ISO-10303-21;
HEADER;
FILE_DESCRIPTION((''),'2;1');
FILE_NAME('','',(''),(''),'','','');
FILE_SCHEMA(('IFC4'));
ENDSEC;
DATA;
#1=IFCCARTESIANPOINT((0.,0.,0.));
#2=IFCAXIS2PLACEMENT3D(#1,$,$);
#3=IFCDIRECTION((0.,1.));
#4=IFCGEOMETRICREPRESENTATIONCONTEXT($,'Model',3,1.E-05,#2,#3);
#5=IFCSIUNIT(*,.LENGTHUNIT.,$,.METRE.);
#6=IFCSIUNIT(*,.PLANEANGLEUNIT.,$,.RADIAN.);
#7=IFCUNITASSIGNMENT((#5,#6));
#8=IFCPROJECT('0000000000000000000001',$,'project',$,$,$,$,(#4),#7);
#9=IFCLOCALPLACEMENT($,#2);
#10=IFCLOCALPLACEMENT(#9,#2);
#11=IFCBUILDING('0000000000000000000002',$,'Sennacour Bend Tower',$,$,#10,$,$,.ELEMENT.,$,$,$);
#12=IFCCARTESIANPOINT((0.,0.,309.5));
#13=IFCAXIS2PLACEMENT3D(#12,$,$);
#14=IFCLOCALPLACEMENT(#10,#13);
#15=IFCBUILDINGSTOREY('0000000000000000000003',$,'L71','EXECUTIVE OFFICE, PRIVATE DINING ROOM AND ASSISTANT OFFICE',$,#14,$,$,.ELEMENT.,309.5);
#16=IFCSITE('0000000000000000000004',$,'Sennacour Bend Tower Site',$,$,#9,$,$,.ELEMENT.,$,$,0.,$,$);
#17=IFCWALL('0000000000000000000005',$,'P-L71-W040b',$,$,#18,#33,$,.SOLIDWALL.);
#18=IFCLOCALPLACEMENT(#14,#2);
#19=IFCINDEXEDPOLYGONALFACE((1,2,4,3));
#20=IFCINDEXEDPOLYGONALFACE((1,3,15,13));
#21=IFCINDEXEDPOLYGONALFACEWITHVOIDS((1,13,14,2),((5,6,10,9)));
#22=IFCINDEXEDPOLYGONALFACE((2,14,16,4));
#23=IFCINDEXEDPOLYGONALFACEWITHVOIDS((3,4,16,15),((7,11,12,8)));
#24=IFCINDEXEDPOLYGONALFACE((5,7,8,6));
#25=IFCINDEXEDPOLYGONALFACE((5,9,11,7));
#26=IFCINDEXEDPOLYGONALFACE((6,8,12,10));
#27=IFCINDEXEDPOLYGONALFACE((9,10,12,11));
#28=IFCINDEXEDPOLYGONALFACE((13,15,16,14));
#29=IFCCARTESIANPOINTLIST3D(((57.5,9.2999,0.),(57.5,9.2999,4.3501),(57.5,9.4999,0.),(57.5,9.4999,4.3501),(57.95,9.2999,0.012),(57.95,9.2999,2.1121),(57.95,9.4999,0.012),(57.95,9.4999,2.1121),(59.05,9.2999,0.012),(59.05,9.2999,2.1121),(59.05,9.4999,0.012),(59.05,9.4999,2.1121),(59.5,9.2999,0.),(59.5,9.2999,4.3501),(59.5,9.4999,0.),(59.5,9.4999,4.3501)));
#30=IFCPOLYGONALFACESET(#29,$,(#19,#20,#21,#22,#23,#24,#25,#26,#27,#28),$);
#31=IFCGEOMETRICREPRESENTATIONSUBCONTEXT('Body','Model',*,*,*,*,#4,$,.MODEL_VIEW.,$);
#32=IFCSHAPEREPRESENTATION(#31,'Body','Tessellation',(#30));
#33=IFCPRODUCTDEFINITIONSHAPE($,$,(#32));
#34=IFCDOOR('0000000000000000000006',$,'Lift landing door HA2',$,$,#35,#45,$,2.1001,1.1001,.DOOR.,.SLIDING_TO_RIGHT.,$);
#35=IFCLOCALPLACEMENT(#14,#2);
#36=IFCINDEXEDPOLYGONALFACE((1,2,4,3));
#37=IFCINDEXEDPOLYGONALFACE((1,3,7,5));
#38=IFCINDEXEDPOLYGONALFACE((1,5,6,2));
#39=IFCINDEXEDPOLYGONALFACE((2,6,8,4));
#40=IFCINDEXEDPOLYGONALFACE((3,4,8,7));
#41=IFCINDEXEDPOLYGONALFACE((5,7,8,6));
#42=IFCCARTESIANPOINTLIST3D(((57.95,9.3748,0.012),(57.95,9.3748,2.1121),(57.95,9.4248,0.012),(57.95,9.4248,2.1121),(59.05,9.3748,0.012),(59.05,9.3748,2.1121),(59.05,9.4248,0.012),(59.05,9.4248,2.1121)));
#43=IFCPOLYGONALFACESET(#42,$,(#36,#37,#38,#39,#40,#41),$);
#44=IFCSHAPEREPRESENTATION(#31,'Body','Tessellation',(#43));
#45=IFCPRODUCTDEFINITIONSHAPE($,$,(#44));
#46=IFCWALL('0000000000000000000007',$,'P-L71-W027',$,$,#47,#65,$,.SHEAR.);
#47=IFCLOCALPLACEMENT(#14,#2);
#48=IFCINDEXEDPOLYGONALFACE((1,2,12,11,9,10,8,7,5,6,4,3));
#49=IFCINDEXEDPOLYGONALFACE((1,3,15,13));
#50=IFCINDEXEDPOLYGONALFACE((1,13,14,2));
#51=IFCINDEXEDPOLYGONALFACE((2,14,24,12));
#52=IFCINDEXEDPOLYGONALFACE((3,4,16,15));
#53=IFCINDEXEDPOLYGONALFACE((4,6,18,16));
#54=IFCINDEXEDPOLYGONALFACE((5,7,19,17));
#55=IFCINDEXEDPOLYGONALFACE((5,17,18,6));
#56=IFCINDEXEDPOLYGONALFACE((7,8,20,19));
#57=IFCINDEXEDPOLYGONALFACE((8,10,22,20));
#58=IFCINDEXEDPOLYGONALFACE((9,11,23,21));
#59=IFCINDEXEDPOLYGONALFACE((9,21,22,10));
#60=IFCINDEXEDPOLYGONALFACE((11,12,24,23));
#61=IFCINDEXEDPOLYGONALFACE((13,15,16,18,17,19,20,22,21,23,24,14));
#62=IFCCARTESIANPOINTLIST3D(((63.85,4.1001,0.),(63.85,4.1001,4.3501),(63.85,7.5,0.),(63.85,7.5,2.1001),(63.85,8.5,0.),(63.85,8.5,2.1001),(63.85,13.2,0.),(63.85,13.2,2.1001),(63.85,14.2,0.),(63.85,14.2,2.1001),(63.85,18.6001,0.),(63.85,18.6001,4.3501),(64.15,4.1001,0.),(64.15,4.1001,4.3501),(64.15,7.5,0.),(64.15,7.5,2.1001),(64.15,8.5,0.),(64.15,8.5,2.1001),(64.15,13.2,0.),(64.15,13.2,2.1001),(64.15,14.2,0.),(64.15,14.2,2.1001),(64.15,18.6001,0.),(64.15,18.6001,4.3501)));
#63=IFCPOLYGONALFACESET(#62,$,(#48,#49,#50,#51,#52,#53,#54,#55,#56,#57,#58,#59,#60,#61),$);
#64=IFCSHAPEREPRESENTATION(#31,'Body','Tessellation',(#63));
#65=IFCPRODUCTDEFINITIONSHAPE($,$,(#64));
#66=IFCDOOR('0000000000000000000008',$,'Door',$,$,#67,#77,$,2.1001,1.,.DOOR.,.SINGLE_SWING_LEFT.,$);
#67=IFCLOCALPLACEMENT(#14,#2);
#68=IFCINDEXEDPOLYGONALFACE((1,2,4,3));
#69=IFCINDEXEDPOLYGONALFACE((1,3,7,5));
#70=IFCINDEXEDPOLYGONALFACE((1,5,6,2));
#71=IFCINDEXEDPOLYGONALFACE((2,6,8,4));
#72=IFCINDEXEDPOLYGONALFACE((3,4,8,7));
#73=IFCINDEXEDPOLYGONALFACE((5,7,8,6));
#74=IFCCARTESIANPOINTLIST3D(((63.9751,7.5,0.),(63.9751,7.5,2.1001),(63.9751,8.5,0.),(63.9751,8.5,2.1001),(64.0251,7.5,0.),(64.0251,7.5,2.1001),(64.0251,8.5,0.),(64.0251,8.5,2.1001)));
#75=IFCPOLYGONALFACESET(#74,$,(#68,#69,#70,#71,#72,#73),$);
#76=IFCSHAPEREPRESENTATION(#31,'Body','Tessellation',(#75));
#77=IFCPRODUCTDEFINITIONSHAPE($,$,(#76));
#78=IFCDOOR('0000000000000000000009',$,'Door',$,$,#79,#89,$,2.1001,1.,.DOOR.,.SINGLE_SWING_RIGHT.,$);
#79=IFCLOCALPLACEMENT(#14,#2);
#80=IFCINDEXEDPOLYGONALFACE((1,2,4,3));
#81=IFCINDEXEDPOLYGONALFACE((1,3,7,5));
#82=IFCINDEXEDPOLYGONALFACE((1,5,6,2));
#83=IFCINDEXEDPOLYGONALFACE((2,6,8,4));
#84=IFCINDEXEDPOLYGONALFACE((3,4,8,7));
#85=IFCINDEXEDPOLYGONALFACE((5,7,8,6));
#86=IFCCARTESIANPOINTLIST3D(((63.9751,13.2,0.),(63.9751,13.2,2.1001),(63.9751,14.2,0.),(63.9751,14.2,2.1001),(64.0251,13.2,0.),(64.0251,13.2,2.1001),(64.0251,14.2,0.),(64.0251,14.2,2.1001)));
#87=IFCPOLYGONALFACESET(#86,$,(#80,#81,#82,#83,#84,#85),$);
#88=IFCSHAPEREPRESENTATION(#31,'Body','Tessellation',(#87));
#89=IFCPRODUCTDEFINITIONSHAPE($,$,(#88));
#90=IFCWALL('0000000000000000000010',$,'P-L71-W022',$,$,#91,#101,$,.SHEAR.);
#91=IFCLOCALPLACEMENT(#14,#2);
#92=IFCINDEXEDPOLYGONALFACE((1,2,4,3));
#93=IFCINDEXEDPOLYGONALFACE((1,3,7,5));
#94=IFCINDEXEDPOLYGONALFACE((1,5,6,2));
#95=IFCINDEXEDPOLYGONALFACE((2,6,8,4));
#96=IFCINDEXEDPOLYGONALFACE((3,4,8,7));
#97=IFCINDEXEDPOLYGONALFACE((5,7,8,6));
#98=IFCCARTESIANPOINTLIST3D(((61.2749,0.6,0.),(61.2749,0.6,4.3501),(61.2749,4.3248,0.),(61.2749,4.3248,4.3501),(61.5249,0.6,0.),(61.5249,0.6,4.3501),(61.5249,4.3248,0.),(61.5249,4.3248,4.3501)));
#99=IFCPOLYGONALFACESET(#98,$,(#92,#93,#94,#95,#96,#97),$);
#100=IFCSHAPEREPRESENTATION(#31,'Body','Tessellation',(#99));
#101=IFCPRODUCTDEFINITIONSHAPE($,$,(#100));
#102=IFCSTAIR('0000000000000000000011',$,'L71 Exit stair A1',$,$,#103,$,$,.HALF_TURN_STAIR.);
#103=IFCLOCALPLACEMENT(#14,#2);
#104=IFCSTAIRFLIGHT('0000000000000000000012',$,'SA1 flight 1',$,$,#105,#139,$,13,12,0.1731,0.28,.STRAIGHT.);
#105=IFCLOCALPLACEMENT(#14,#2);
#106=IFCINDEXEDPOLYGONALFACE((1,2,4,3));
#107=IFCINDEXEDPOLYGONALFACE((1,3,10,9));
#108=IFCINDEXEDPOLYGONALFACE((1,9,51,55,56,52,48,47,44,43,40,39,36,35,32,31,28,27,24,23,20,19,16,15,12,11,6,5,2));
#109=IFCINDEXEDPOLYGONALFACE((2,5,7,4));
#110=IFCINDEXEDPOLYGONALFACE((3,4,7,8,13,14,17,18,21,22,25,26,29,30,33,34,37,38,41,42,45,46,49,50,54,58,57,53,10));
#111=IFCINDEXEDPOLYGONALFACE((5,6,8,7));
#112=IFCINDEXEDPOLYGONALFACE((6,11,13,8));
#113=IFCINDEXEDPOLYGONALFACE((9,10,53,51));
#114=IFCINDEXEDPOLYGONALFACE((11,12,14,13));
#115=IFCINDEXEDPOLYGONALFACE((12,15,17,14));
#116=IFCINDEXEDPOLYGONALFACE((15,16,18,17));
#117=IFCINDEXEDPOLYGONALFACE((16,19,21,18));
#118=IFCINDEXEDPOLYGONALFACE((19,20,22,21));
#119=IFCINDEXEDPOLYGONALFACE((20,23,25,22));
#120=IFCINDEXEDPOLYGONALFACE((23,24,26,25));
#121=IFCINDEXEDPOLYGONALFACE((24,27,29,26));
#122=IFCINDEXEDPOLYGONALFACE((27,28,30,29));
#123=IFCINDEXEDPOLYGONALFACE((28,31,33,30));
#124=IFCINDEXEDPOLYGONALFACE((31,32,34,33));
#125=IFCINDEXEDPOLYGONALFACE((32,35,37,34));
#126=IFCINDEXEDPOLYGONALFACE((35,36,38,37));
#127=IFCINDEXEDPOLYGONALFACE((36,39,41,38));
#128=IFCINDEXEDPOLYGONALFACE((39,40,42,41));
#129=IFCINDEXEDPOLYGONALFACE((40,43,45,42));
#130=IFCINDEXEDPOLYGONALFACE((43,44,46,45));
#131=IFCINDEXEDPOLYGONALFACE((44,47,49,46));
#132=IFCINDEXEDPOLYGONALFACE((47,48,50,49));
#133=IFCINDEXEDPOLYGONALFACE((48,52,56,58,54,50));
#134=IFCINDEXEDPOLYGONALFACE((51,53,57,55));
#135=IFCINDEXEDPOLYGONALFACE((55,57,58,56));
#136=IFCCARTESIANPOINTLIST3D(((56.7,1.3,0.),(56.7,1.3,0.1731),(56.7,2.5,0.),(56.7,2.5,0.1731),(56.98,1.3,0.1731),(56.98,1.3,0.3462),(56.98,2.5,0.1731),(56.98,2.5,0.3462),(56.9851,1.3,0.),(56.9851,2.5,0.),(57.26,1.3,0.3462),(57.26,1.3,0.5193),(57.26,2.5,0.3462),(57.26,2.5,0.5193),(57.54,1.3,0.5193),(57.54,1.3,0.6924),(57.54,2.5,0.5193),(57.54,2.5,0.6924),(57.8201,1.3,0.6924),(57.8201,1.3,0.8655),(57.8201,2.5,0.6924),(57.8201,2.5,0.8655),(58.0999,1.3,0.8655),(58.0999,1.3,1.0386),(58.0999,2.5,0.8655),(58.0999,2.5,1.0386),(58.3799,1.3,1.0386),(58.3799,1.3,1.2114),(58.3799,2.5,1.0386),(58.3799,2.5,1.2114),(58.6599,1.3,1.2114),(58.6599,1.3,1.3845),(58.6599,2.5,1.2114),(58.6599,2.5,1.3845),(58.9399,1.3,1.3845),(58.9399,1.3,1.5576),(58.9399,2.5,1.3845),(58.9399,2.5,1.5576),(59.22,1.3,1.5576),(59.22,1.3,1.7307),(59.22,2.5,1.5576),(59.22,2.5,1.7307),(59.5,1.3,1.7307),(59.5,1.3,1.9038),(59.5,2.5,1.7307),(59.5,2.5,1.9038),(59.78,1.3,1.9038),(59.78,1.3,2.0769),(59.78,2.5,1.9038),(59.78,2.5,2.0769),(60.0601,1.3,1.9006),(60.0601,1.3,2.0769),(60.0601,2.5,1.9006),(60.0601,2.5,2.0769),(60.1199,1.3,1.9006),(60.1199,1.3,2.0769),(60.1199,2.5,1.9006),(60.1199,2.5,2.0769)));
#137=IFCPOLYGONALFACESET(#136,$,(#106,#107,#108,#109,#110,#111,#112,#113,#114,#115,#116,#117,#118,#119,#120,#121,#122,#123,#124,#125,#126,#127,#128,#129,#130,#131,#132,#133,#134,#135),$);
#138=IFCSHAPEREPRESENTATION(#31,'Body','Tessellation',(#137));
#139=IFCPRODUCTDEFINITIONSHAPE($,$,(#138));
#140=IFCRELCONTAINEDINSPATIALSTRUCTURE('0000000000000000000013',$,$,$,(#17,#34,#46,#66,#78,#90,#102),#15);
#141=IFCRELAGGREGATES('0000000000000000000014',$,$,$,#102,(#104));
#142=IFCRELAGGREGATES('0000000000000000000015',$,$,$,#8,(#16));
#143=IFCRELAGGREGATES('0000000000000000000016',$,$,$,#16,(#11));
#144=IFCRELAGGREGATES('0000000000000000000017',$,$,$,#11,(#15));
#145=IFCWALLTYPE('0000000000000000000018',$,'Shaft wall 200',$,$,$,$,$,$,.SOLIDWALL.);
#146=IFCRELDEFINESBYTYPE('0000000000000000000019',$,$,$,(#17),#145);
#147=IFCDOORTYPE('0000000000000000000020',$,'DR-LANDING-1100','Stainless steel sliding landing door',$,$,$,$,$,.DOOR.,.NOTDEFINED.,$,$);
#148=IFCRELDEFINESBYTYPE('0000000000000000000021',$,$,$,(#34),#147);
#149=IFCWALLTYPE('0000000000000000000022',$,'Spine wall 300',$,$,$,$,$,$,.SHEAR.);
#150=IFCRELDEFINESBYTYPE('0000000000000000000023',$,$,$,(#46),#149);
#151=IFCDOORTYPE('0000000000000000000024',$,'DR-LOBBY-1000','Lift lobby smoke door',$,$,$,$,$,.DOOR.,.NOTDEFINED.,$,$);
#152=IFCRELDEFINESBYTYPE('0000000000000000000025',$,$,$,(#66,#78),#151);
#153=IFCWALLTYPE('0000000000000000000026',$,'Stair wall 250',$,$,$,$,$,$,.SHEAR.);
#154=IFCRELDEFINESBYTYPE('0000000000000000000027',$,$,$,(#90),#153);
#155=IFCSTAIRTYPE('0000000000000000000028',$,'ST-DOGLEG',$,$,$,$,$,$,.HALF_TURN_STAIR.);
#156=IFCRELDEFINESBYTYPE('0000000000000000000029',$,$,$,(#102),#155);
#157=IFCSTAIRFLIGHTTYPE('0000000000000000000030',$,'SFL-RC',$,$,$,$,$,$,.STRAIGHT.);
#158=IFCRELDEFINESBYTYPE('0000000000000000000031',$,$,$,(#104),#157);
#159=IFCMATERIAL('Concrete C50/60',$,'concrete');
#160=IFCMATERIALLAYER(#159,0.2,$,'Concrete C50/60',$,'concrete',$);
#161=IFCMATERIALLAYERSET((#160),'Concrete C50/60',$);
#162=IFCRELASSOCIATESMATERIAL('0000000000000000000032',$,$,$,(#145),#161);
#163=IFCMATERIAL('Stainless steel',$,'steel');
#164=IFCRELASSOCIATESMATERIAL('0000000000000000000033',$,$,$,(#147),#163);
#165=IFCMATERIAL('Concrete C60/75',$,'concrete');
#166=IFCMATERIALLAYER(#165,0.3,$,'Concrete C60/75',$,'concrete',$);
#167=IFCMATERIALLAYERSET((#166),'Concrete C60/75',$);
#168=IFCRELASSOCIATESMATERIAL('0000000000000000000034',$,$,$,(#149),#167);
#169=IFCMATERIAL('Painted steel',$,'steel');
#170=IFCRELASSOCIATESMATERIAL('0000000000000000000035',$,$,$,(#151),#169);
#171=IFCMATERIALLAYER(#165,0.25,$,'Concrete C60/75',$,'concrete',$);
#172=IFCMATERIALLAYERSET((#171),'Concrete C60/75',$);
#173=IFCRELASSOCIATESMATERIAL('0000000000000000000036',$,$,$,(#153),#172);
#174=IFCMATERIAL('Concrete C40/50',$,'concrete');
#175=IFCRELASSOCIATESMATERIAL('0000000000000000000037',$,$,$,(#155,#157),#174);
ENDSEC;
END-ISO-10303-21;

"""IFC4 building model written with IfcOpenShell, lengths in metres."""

from ifc_helpers import new_model, si_unit, direction, frame, frame_2d, origin, place, context, subcontext, project, spatial, polyline, rectangle, outline, extrude, material, layer, layer_set, type_object, element, fill, aggregate, save


model = new_model("IFC4")

# Units and contexts
model_context = context("Model", 3, precision=1e-05, world=origin(), true_north=direction((0.0, 1.0)))
body_context = subcontext(model_context, "Body", "Model", "MODEL_VIEW")
ifc_project = project(units=[si_unit("LENGTHUNIT", "METRE"), si_unit("PLANEANGLEUNIT", "RADIAN")], contexts=[model_context])

# Site, building, storey
site_placement = place(None, origin())
site = spatial("IfcSite", under=ifc_project, at=site_placement, Name="Sennacour Bend Tower Site", CompositionType="ELEMENT", RefElevation=0.0)
building_placement = place(site_placement, origin())
building = spatial("IfcBuilding", under=site, at=building_placement, Name="Sennacour Bend Tower", CompositionType="ELEMENT")
storey_placement = place(building_placement, frame((0.0, 0.0, 309.5)))
storey = spatial("IfcBuildingStorey", under=building, at=storey_placement, Name="L71", Description="EXECUTIVE OFFICE, PRIVATE DINING ROOM AND ASSISTANT OFFICE", CompositionType="ELEMENT", Elevation=309.5)

# Shared definitions
ifc_material_1 = material(Name="Concrete C50/60", Category="concrete")

# Shared definitions
ifc_material_2 = material(Name="Painted steel", Category="steel")

# Shared definitions
ifc_layer_1 = layer(ifc_material_1, 0.2, Name="Concrete C50/60", Category="concrete")
ifc_layer_set_1 = layer_set([ifc_layer_1], Name="Concrete C50/60")
wall_type_1 = type_object("IfcWallType", Name="Shaft wall 200", PredefinedType="SOLIDWALL", material=ifc_layer_set_1)

# Wall, opening, door
wall_1_placement = place(storey_placement, frame((57.5, 9.3999, 0.0), z_axis=(0.0, 0.0, 1.0), x_axis=(1.0, 0.0, 0.0)))
wall_1 = element("IfcWall", 1, at=wall_1_placement, inside=storey, type_object=wall_type_1, Name="P-L71-W040b", PredefinedType="SOLIDWALL", context=body_context, shape_type="SweptSolid", body=[
    extrude(rectangle(XDim=2.0, YDim=0.2, at=frame_2d((1.0, 0.0))), origin(), (0.0, 0.0, 1.0), 4.3501),
])
opening_1_placement = place(wall_1_placement, frame((0.45, 0.0, 0.012)))
opening_1 = element("IfcOpeningElement", 2, at=opening_1_placement, cuts=wall_1, PredefinedType="OPENING", context=body_context, shape_type="SweptSolid", body=[
    extrude(rectangle(XDim=1.1001, YDim=2.1001, at=frame_2d((0.55, 1.05))), frame((0.0, 0.1099, 0.0), z_axis=(0.0, -1.0, 0.0), x_axis=(1.0, 0.0, 0.0)), (0.0, 0.0, 1.0), 0.22),
])
ifc_material_3 = material(Name="Stainless steel", Category="steel")
door_type_1 = type_object("IfcDoorType", Name="DR-LANDING-1100", Description="Stainless steel sliding landing door", OperationType="NOTDEFINED", PredefinedType="DOOR", material=ifc_material_3)
door_1_placement = place(opening_1_placement, origin())
door_1 = element("IfcDoor", 3, at=door_1_placement, inside=storey, type_object=door_type_1, Name="Lift landing door HA2", OperationType="SLIDING_TO_RIGHT", OverallHeight=2.1001, OverallWidth=1.1001, PredefinedType="DOOR", context=body_context, shape_type="SweptSolid", body=[
    extrude(rectangle(XDim=1.1001, YDim=2.1001, at=frame_2d((0.55, 1.05))), frame((0.0, 0.0249, 0.0), z_axis=(0.0, -1.0, 0.0), x_axis=(1.0, 0.0, 0.0)), (0.0, 0.0, 1.0), 0.05),
])
fill(opening_1, door_1)

# Wall, openings, doors
ifc_material_4 = material(Name="Concrete C60/75", Category="concrete")
ifc_layer_2 = layer(ifc_material_4, 0.3, Name="Concrete C60/75", Category="concrete")
ifc_layer_set_2 = layer_set([ifc_layer_2], Name="Concrete C60/75")
wall_type_2 = type_object("IfcWallType", Name="Spine wall 300", PredefinedType="SHEAR", material=ifc_layer_set_2)
wall_2_placement = place(storey_placement, frame((64.0, 4.1001, 0.0), z_axis=(0.0, 0.0, 1.0), x_axis=(0.0, 1.0, 0.0)))
wall_2 = element("IfcWall", 4, at=wall_2_placement, inside=storey, type_object=wall_type_2, Name="P-L71-W027", PredefinedType="SHEAR", context=body_context, shape_type="SweptSolid", body=[
    extrude(rectangle(XDim=14.5, YDim=0.3, at=frame_2d((7.25, 0.0))), origin(), (0.0, 0.0, 1.0), 4.3501),
])
opening_2_placement = place(wall_2_placement, frame((3.3999, 0.0, 0.0)))
opening_2 = element("IfcOpeningElement", 5, at=opening_2_placement, cuts=wall_2, PredefinedType="OPENING", context=body_context, shape_type="SweptSolid", body=[
    extrude(rectangle(XDim=1.0, YDim=2.1001, at=frame_2d((0.5, 1.05))), frame((0.0, 0.1602, 0.0), z_axis=(0.0, -1.0, 0.0), x_axis=(1.0, 0.0, 0.0)), (0.0, 0.0, 1.0), 0.3201),
])
opening_3_placement = place(wall_2_placement, frame((9.0999, 0.0, 0.0)))
opening_3 = element("IfcOpeningElement", 6, at=opening_3_placement, cuts=wall_2, PredefinedType="OPENING", context=body_context, shape_type="SweptSolid", body=[
    extrude(rectangle(XDim=1.0, YDim=2.1001, at=frame_2d((0.5, 1.05))), frame((0.0, 0.1602, 0.0), z_axis=(0.0, -1.0, 0.0), x_axis=(1.0, 0.0, 0.0)), (0.0, 0.0, 1.0), 0.3201),
])
door_type_2 = type_object("IfcDoorType", Name="DR-LOBBY-1000", Description="Lift lobby smoke door", OperationType="NOTDEFINED", PredefinedType="DOOR", material=ifc_material_2)
door_2_placement = place(opening_2_placement, origin())
door_2 = element("IfcDoor", 7, at=door_2_placement, inside=storey, type_object=door_type_2, Name="Door", OperationType="SINGLE_SWING_LEFT", OverallHeight=2.1001, OverallWidth=1.0, PredefinedType="DOOR", context=body_context, shape_type="SweptSolid", body=[
    extrude(rectangle(XDim=1.0, YDim=2.1001, at=frame_2d((0.5, 1.05))), frame((0.0, 0.0249, 0.0), z_axis=(0.0, -1.0, 0.0), x_axis=(1.0, 0.0, 0.0)), (0.0, 0.0, 1.0), 0.05),
])
fill(opening_2, door_2)
door_3_placement = place(opening_3_placement, origin())
door_3 = element("IfcDoor", 8, at=door_3_placement, inside=storey, type_object=door_type_2, Name="Door", OperationType="SINGLE_SWING_RIGHT", OverallHeight=2.1001, OverallWidth=1.0, PredefinedType="DOOR", context=body_context, shape_type="SweptSolid", body=[
    extrude(rectangle(XDim=1.0, YDim=2.1001, at=frame_2d((0.5, 1.05))), frame((0.0, 0.0249, 0.0), z_axis=(0.0, -1.0, 0.0), x_axis=(1.0, 0.0, 0.0)), (0.0, 0.0, 1.0), 0.05),
])
fill(opening_3, door_3)

# Wall
ifc_layer_3 = layer(ifc_material_4, 0.25, Name="Concrete C60/75", Category="concrete")
ifc_layer_set_3 = layer_set([ifc_layer_3], Name="Concrete C60/75")
wall_type_3 = type_object("IfcWallType", Name="Stair wall 250", PredefinedType="SHEAR", material=ifc_layer_set_3)
wall_3_placement = place(storey_placement, frame((61.3999, 0.6001, 0.0), z_axis=(0.0, 0.0, 1.0), x_axis=(0.0, 1.0, 0.0)))
element("IfcWall", 9, at=wall_3_placement, inside=storey, type_object=wall_type_3, Name="P-L71-W022", PredefinedType="SHEAR", context=body_context, shape_type="SweptSolid", body=[
    extrude(rectangle(XDim=3.7249, YDim=0.25, at=frame_2d((1.8623, 0.0))), origin(), (0.0, 0.0, 1.0), 4.3501),
])

# Stair, stair flight
ifc_material_5 = material(Name="Concrete C40/50", Category="concrete")
stair_type = type_object("IfcStairType", Name="ST-DOGLEG", PredefinedType="HALF_TURN_STAIR", material=ifc_material_5)
stair_placement = place(storey_placement, origin())
stair = element("IfcStair", 10, at=stair_placement, inside=storey, type_object=stair_type, Name="L71 Exit stair A1", PredefinedType="HALF_TURN_STAIR")
stair_flight_type = type_object("IfcStairFlightType", Name="SFL-RC", PredefinedType="STRAIGHT", material=ifc_material_5)
stair_flight_1_placement = place(storey_placement, frame((56.7, 1.8999, 0.0), z_axis=(0.0, 0.0, 1.0), x_axis=(1.0, 0.0, 0.0)))
stair_flight_1 = element("IfcStairFlight", 11, at=stair_flight_1_placement, type_object=stair_flight_type, Name="SA1 flight 1", NumberOfRisers=13, NumberOfTreads=12, PredefinedType="STRAIGHT", RiserHeight=0.1731, TreadLength=0.28, context=body_context, shape_type="SweptSolid", body=[
    extrude(outline(polyline([(0.0, 0.0), (0.0, 0.1731), (0.28, 0.1731), (0.28, 0.3462), (0.5601, 0.3462), (0.5601, 0.5193), (0.8401, 0.5193), (0.8401, 0.6924), (1.1201, 0.6924), (1.1201, 0.8655), (1.3999, 0.8655), (1.3999, 1.0386), (1.6799, 1.0386), (1.6799, 1.2114), (1.96, 1.2114), (1.96, 1.3845), (2.24, 1.3845), (2.24, 1.5576), (2.52, 1.5576), (2.52, 1.7307), (2.8, 1.7307), (2.8, 1.9038), (3.0801, 1.9038), (3.0801, 2.0769), (3.3601, 2.0769), (3.4199, 2.0769), (3.4199, 1.9006), (3.3601, 1.9006), (0.2852, 0.0), (0.0, 0.0)])), frame((0.0, 0.6001, 0.0), z_axis=(0.0, -1.0, 0.0), x_axis=(1.0, 0.0, 0.0)), (0.0, 0.0, 1.0), 1.2),
])
aggregate(stair, [stair_flight_1])

save(model, "model.ifc")
